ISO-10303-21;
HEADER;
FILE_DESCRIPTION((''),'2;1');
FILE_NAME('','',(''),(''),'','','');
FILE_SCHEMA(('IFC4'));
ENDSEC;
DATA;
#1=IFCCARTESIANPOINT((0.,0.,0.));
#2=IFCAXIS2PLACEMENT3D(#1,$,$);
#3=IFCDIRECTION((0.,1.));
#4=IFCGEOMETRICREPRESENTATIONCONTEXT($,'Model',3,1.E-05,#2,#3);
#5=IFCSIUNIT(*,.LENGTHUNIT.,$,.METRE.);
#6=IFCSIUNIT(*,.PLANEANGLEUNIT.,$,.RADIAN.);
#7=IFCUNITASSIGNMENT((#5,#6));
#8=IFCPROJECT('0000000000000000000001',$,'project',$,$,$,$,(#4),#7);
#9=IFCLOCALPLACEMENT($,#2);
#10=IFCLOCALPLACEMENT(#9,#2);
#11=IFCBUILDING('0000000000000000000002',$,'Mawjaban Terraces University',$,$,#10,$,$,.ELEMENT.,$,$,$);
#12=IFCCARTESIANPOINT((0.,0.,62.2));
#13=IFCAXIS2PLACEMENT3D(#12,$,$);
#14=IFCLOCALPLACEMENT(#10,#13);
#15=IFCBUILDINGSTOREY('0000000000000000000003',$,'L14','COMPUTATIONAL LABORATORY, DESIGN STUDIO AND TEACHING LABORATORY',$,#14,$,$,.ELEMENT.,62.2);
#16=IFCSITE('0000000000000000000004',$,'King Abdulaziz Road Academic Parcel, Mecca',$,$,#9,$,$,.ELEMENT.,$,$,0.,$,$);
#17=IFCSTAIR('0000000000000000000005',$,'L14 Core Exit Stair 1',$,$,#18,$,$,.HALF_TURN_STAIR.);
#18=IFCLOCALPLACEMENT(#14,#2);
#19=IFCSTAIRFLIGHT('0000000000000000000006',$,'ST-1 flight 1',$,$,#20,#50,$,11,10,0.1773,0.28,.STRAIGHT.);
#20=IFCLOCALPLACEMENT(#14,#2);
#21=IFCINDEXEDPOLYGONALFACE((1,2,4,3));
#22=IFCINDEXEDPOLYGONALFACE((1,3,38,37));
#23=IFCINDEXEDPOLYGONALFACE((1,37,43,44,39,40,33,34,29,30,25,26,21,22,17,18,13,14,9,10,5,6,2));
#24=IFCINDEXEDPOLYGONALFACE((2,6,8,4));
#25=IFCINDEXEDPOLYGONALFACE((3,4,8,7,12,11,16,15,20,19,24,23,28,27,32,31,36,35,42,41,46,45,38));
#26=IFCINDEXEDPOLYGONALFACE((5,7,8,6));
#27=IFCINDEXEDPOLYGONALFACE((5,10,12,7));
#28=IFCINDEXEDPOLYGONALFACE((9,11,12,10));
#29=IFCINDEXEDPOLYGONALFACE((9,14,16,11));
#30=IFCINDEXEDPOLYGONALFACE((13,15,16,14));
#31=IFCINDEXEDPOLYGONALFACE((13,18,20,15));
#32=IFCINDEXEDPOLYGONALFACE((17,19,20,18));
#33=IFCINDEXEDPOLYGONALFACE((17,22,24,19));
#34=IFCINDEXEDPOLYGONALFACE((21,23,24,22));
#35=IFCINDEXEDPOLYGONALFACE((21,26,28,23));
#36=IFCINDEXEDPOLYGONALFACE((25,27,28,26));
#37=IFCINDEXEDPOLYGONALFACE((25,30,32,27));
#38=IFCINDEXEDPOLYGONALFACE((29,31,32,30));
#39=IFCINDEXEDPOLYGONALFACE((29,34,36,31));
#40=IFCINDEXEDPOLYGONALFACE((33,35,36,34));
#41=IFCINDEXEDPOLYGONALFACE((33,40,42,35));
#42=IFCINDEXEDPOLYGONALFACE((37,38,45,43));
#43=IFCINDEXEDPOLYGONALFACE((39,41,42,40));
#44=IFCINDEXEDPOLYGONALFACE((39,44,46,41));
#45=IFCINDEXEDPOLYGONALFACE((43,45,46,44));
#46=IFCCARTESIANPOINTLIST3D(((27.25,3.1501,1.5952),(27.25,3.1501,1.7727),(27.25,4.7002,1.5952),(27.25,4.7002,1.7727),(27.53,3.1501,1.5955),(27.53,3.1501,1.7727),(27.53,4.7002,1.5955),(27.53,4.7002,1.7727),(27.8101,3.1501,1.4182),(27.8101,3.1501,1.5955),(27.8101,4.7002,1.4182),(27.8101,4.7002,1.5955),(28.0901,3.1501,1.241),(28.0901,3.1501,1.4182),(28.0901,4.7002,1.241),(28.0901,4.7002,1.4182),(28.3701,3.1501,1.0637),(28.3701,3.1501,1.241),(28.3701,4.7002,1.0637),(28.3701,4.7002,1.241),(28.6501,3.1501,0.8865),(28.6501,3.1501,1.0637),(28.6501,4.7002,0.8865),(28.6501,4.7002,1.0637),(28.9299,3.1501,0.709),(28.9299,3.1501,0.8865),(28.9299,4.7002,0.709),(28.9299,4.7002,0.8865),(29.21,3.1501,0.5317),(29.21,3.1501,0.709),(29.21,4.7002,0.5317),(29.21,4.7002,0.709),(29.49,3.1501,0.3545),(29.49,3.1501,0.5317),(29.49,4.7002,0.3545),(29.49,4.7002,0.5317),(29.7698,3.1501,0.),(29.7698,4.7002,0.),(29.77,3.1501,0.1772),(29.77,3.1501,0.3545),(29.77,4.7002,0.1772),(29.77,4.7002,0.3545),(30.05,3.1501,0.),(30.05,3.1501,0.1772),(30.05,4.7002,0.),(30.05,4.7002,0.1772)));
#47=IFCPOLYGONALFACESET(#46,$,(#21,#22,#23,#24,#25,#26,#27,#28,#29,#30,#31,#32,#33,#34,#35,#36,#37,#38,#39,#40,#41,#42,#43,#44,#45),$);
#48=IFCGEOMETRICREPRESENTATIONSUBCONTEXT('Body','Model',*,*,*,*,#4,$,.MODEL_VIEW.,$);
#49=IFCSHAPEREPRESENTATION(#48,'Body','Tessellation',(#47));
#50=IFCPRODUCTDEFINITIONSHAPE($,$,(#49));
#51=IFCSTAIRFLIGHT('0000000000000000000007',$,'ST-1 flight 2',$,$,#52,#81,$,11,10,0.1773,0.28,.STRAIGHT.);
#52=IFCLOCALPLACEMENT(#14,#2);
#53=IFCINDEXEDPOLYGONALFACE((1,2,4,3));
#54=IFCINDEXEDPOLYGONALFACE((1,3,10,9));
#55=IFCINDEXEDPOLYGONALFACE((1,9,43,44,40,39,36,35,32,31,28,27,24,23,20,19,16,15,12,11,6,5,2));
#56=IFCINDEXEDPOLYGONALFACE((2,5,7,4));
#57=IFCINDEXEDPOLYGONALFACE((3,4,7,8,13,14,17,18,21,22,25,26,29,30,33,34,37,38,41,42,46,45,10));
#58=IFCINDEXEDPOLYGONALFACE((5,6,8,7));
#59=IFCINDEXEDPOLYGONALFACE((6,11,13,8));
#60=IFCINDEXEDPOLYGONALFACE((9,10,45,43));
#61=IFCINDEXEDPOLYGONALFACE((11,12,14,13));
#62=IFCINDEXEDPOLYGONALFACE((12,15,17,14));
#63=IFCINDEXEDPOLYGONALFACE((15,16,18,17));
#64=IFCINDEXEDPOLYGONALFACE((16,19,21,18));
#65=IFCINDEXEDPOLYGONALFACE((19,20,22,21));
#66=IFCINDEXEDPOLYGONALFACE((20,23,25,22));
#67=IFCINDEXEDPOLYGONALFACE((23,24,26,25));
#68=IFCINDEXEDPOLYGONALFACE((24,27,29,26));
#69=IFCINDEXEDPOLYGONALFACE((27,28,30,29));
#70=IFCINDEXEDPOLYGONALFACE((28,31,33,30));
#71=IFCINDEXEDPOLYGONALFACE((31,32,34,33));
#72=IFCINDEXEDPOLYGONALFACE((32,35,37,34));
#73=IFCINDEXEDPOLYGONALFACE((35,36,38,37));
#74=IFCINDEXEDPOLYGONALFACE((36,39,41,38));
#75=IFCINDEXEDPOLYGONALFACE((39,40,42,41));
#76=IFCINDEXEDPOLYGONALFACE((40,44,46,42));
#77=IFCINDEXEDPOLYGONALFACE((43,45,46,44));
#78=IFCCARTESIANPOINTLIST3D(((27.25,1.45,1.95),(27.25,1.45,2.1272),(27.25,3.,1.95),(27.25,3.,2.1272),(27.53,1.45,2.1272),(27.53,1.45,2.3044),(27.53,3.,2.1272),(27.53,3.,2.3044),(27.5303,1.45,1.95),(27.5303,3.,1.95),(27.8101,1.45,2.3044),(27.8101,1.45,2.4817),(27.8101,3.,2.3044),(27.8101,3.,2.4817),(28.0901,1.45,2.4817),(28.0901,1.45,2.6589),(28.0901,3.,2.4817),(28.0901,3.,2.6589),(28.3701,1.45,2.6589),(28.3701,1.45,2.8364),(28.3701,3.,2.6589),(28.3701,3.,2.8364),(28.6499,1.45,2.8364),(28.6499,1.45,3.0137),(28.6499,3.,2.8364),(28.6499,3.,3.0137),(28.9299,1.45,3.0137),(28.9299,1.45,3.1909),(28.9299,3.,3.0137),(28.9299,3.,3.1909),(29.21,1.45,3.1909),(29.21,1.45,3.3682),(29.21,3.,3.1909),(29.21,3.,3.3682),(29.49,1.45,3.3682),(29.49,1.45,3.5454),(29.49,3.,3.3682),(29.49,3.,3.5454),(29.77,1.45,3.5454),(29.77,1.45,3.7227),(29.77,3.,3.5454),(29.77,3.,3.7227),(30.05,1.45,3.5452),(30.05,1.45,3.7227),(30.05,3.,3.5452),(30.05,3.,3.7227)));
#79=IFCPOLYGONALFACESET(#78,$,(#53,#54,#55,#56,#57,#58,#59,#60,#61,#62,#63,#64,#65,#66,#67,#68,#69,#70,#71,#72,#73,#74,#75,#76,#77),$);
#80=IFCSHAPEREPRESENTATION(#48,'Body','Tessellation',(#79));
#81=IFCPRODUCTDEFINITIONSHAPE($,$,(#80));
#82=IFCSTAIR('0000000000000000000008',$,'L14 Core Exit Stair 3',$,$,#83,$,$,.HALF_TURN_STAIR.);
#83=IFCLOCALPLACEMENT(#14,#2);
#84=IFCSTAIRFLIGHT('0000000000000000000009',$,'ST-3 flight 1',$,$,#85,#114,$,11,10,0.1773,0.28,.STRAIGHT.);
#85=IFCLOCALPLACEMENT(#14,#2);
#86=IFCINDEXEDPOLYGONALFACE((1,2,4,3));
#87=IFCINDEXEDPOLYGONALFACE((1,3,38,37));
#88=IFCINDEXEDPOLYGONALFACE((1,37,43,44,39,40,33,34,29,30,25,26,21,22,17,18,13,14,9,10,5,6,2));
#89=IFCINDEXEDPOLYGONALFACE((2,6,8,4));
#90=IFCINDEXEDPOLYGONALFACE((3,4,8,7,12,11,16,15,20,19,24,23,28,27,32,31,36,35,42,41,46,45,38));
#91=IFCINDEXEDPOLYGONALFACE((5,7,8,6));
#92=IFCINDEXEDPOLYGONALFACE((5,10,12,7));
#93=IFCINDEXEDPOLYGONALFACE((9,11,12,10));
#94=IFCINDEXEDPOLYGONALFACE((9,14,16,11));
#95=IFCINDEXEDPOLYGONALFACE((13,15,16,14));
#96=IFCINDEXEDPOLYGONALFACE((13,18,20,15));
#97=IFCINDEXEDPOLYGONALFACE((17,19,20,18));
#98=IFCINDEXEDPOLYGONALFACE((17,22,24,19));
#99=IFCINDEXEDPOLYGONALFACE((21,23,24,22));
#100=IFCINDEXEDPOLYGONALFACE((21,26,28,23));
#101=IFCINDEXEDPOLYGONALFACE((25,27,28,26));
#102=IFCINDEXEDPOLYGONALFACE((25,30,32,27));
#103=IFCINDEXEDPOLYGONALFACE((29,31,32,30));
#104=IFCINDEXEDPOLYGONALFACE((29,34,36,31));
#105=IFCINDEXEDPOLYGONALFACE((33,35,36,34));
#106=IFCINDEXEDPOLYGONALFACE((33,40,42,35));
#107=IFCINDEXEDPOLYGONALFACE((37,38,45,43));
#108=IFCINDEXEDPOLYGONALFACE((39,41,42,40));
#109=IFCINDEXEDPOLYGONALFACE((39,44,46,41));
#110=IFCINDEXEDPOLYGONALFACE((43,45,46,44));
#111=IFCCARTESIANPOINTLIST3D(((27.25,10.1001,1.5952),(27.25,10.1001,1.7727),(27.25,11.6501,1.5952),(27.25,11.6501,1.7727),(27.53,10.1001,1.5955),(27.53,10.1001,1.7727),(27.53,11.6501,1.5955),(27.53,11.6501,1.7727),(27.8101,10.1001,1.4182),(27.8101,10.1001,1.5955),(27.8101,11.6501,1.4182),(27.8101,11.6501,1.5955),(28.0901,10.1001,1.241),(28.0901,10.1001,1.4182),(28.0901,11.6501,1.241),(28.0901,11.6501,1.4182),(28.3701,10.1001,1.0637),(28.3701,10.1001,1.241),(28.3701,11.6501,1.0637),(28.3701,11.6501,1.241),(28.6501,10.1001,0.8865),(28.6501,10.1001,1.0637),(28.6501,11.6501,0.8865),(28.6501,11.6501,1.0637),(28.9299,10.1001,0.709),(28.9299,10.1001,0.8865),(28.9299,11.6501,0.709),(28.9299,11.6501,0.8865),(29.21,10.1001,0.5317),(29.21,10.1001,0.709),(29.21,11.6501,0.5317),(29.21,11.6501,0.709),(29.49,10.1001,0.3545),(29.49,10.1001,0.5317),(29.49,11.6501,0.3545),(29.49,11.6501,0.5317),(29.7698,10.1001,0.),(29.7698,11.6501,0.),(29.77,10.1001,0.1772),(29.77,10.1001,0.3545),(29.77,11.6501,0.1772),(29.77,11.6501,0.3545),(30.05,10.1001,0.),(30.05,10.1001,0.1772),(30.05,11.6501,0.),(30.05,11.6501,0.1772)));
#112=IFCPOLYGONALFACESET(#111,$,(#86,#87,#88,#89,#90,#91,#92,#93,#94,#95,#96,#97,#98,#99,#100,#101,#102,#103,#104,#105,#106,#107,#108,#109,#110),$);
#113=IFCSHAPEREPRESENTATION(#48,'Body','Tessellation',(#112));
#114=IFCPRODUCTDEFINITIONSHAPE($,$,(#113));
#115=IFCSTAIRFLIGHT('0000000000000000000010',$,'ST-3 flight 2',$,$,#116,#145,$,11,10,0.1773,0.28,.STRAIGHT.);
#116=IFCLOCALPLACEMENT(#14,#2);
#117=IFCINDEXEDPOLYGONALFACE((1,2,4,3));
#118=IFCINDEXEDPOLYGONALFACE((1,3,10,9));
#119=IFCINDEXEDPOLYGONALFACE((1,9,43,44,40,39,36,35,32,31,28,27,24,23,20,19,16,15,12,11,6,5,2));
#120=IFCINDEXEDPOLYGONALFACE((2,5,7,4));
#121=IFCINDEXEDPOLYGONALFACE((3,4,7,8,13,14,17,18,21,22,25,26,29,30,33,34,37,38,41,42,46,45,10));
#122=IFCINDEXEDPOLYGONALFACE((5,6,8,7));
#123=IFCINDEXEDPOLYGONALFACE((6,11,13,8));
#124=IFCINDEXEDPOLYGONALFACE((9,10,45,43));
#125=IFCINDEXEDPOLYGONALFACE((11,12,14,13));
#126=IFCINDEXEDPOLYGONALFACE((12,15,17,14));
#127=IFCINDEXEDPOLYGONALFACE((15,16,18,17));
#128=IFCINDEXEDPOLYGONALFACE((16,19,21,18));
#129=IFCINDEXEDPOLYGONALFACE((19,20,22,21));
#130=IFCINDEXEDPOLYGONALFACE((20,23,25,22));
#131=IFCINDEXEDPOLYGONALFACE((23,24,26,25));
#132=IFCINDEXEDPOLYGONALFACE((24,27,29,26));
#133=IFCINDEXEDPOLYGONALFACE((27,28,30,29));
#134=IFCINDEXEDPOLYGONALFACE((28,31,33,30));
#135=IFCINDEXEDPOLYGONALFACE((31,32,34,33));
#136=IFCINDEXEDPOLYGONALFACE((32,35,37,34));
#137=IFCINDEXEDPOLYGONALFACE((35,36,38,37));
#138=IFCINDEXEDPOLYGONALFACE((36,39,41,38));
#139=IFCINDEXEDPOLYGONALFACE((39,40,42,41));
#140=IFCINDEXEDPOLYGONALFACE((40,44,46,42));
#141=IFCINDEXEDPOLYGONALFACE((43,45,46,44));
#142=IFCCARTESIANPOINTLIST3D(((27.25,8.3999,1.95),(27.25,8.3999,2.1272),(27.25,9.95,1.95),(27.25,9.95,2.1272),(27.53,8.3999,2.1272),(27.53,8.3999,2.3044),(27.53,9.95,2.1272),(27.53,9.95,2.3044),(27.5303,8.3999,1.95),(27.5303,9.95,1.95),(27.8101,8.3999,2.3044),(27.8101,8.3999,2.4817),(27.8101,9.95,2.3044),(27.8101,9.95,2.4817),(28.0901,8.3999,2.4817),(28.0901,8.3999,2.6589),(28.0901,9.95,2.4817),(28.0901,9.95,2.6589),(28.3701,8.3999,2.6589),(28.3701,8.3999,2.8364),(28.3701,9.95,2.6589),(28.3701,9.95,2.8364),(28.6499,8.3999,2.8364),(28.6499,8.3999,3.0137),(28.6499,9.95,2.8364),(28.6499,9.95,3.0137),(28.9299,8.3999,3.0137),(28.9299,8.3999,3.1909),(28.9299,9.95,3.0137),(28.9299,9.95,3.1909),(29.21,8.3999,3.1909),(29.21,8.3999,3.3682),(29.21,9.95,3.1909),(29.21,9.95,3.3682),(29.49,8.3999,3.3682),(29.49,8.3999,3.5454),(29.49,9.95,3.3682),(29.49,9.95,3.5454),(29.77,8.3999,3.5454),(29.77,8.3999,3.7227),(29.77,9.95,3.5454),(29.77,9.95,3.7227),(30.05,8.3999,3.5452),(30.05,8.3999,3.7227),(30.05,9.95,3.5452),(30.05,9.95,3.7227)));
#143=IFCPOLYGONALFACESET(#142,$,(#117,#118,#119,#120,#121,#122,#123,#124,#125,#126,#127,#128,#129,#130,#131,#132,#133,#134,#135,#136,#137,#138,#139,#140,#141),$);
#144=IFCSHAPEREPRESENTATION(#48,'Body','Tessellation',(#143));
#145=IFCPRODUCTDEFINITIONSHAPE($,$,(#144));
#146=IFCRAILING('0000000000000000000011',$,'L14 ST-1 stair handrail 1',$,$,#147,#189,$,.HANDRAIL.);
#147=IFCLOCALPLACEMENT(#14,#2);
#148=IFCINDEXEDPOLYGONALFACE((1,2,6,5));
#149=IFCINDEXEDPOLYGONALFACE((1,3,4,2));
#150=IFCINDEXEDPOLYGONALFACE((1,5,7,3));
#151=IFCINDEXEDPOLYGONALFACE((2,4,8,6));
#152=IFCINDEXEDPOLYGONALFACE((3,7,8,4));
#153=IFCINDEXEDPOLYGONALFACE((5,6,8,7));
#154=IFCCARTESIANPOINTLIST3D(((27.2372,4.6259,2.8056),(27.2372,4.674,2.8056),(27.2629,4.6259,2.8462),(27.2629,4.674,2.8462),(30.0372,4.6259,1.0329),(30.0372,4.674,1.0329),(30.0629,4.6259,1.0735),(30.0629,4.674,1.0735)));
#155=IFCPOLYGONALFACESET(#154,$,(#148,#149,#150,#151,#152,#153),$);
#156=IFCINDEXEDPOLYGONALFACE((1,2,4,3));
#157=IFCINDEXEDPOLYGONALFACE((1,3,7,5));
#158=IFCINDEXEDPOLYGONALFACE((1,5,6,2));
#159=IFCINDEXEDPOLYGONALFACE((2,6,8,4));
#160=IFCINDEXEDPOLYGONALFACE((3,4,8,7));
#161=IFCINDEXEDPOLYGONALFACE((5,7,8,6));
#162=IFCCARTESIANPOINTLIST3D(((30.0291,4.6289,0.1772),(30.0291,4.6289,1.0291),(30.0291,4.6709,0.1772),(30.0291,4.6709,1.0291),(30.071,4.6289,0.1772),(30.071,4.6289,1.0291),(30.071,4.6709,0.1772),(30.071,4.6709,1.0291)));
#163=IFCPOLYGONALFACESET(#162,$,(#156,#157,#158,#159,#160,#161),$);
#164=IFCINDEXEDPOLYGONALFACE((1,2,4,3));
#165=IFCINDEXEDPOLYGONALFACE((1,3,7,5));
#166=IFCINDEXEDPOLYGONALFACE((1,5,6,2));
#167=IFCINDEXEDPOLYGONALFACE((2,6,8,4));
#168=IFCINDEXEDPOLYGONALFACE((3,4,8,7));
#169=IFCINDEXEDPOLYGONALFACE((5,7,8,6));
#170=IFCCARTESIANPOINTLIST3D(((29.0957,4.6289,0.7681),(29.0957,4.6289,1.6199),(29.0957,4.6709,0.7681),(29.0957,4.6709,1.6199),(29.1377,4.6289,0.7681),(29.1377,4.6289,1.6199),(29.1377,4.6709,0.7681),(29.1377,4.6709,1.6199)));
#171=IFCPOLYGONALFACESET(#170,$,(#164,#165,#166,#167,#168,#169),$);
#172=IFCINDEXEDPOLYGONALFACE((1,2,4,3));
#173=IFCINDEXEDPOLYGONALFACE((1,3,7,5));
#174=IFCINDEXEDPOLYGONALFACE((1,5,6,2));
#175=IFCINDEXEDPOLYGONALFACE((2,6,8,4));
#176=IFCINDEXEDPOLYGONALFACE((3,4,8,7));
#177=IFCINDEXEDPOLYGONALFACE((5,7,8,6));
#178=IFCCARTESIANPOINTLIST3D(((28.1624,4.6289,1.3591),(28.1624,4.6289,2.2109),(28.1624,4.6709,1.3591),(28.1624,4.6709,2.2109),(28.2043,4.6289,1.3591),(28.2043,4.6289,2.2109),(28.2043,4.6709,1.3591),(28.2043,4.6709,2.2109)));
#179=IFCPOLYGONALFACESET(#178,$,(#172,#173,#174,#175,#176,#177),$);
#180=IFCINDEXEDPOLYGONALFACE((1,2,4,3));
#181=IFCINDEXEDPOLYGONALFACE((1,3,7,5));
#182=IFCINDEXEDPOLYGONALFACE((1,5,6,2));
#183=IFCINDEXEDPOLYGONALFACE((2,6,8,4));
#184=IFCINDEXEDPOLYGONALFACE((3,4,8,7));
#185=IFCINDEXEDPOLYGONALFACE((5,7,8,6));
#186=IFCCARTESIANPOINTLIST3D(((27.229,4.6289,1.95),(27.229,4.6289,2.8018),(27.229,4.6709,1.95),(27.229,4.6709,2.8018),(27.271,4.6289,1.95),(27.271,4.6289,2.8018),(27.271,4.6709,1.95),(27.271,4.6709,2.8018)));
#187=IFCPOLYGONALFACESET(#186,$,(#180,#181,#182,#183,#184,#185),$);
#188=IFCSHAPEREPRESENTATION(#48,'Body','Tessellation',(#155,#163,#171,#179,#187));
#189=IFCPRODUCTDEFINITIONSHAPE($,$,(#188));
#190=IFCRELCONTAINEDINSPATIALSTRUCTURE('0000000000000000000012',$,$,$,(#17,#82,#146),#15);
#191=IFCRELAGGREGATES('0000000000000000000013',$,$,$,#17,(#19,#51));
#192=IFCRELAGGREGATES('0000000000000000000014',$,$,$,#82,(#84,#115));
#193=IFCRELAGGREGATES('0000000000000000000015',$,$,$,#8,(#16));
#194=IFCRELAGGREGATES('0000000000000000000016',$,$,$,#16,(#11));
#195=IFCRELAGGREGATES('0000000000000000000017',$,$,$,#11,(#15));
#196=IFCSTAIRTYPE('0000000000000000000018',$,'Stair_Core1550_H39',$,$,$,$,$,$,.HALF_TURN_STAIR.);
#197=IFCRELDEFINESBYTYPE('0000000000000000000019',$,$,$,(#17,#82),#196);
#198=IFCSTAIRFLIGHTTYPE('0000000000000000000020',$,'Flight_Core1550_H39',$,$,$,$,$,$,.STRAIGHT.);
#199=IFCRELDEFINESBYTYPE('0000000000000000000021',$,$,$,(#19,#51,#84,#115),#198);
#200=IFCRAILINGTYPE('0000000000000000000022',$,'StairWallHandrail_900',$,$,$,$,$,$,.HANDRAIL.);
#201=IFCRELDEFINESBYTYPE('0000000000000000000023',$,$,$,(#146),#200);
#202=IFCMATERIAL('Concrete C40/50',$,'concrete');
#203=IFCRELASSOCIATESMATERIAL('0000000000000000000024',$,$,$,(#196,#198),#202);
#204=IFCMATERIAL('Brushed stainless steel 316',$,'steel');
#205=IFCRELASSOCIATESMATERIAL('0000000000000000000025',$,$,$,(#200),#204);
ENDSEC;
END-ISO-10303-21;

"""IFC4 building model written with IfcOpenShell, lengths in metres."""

from ifc_helpers import new_model, si_unit, direction, frame, origin, origin_2d, place, context, subcontext, project, spatial, polyline, rectangle, outline, extrude, material, type_object, element, aggregate, save


model = new_model("IFC4")

# Units and contexts
model_context = context("Model", 3, precision=1e-05, world=origin(), true_north=direction((0.0, 1.0)))
body_context = subcontext(model_context, "Body", "Model", "MODEL_VIEW")
ifc_project = project(units=[si_unit("LENGTHUNIT", "METRE"), si_unit("PLANEANGLEUNIT", "RADIAN")], contexts=[model_context])

# Site, building, storey
site_placement = place(None, origin())
site = spatial("IfcSite", under=ifc_project, at=site_placement, Name="King Abdulaziz Road Academic Parcel, Mecca", CompositionType="ELEMENT", RefElevation=0.0)
building_placement = place(site_placement, origin())
building = spatial("IfcBuilding", under=site, at=building_placement, Name="Mawjaban Terraces University", CompositionType="ELEMENT")
storey_placement = place(building_placement, frame((0.0, 0.0, 62.2)))
storey = spatial("IfcBuildingStorey", under=building, at=storey_placement, Name="L14", Description="COMPUTATIONAL LABORATORY, DESIGN STUDIO AND TEACHING LABORATORY", CompositionType="ELEMENT", Elevation=62.2)

# Stairs, stair flights
ifc_material_1 = material(Name="Concrete C40/50", Category="concrete")
stair_type = type_object("IfcStairType", Name="Stair_Core1550_H39", PredefinedType="HALF_TURN_STAIR", material=ifc_material_1)
stair_1_placement = place(storey_placement, origin())
stair_1 = element("IfcStair", 1, at=stair_1_placement, inside=storey, type_object=stair_type, Name="L14 Core Exit Stair 1", PredefinedType="HALF_TURN_STAIR")
stair_flight_type = type_object("IfcStairFlightType", Name="Flight_Core1550_H39", PredefinedType="STRAIGHT", material=ifc_material_1)
stair_flight_1_placement = place(storey_placement, frame((30.05, 3.925, 0.0), z_axis=(0.0, 0.0, 1.0), x_axis=(-1.0, 0.0, 0.0)))
stair_flight_1 = element("IfcStairFlight", 2, at=stair_flight_1_placement, type_object=stair_flight_type, Name="ST-1 flight 1", NumberOfRisers=11, NumberOfTreads=10, PredefinedType="STRAIGHT", RiserHeight=0.1773, TreadLength=0.28, context=body_context, shape_type="SweptSolid", body=[
    extrude(outline(polyline([(0.0, 0.0), (0.0, 0.1772), (0.28, 0.1772), (0.28, 0.3545), (0.5601, 0.3545), (0.5601, 0.5317), (0.8401, 0.5317), (0.8401, 0.709), (1.1201, 0.709), (1.1201, 0.8865), (1.3999, 0.8865), (1.3999, 1.0637), (1.6799, 1.0637), (1.6799, 1.241), (1.96, 1.241), (1.96, 1.4182), (2.24, 1.4182), (2.24, 1.5955), (2.52, 1.5955), (2.52, 1.7727), (2.8, 1.7727), (2.8, 1.95), (2.8, 1.5952), (0.2803, 0.0), (0.0, 0.0)])), frame((0.0, 0.7749, 0.0), z_axis=(0.0, -1.0, 0.0), x_axis=(1.0, 0.0, 0.0)), (0.0, 0.0, 1.0), 1.55),
])
stair_flight_2_placement = place(storey_placement, frame((27.25, 2.2251, 1.95), z_axis=(0.0, 0.0, 1.0), x_axis=(1.0, 0.0, 0.0)))
stair_flight_2 = element("IfcStairFlight", 3, at=stair_flight_2_placement, type_object=stair_flight_type, Name="ST-1 flight 2", NumberOfRisers=11, NumberOfTreads=10, PredefinedType="STRAIGHT", RiserHeight=0.1773, TreadLength=0.28, context=body_context, shape_type="SweptSolid", body=[
    extrude(outline(polyline([(0.0, 0.0), (0.0, 0.1772), (0.28, 0.1772), (0.28, 0.3545), (0.5601, 0.3545), (0.5601, 0.5317), (0.8401, 0.5317), (0.8401, 0.709), (1.1201, 0.709), (1.1201, 0.8865), (1.3999, 0.8865), (1.3999, 1.0637), (1.6799, 1.0637), (1.6799, 1.241), (1.96, 1.241), (1.96, 1.4182), (2.24, 1.4182), (2.24, 1.5955), (2.52, 1.5955), (2.52, 1.7727), (2.8, 1.7727), (2.8, 1.95), (2.8, 1.5952), (0.2803, 0.0), (0.0, 0.0)])), frame((0.0, 0.7749, 0.0), z_axis=(0.0, -1.0, 0.0), x_axis=(1.0, 0.0, 0.0)), (0.0, 0.0, 1.0), 1.55),
])
aggregate(stair_1, [stair_flight_1, stair_flight_2])
stair_2_placement = place(storey_placement, origin())
stair_2 = element("IfcStair", 4, at=stair_2_placement, inside=storey, type_object=stair_type, Name="L14 Core Exit Stair 3", PredefinedType="HALF_TURN_STAIR")
stair_flight_3_placement = place(storey_placement, frame((30.05, 10.875, 0.0), z_axis=(0.0, 0.0, 1.0), x_axis=(-1.0, 0.0, 0.0)))
stair_flight_3 = element("IfcStairFlight", 5, at=stair_flight_3_placement, type_object=stair_flight_type, Name="ST-3 flight 1", NumberOfRisers=11, NumberOfTreads=10, PredefinedType="STRAIGHT", RiserHeight=0.1773, TreadLength=0.28, context=body_context, shape_type="SweptSolid", body=[
    extrude(outline(polyline([(0.0, 0.0), (0.0, 0.1772), (0.28, 0.1772), (0.28, 0.3545), (0.5601, 0.3545), (0.5601, 0.5317), (0.8401, 0.5317), (0.8401, 0.709), (1.1201, 0.709), (1.1201, 0.8865), (1.3999, 0.8865), (1.3999, 1.0637), (1.6799, 1.0637), (1.6799, 1.241), (1.96, 1.241), (1.96, 1.4182), (2.24, 1.4182), (2.24, 1.5955), (2.52, 1.5955), (2.52, 1.7727), (2.8, 1.7727), (2.8, 1.95), (2.8, 1.5952), (0.2803, 0.0), (0.0, 0.0)])), frame((0.0, 0.7749, 0.0), z_axis=(0.0, -1.0, 0.0), x_axis=(1.0, 0.0, 0.0)), (0.0, 0.0, 1.0), 1.55),
])
stair_flight_4_placement = place(storey_placement, frame((27.25, 9.175, 1.95), z_axis=(0.0, 0.0, 1.0), x_axis=(1.0, 0.0, 0.0)))
stair_flight_4 = element("IfcStairFlight", 6, at=stair_flight_4_placement, type_object=stair_flight_type, Name="ST-3 flight 2", NumberOfRisers=11, NumberOfTreads=10, PredefinedType="STRAIGHT", RiserHeight=0.1773, TreadLength=0.28, context=body_context, shape_type="SweptSolid", body=[
    extrude(outline(polyline([(0.0, 0.0), (0.0, 0.1772), (0.28, 0.1772), (0.28, 0.3545), (0.5601, 0.3545), (0.5601, 0.5317), (0.8401, 0.5317), (0.8401, 0.709), (1.1201, 0.709), (1.1201, 0.8865), (1.3999, 0.8865), (1.3999, 1.0637), (1.6799, 1.0637), (1.6799, 1.241), (1.96, 1.241), (1.96, 1.4182), (2.24, 1.4182), (2.24, 1.5955), (2.52, 1.5955), (2.52, 1.7727), (2.8, 1.7727), (2.8, 1.95), (2.8, 1.5952), (0.2803, 0.0), (0.0, 0.0)])), frame((0.0, 0.7749, 0.0), z_axis=(0.0, -1.0, 0.0), x_axis=(1.0, 0.0, 0.0)), (0.0, 0.0, 1.0), 1.55),
])
aggregate(stair_2, [stair_flight_3, stair_flight_4])

# Railing
ifc_material_2 = material(Name="Brushed stainless steel 316", Category="steel")
railing_type_1 = type_object("IfcRailingType", Name="StairWallHandrail_900", PredefinedType="HANDRAIL", material=ifc_material_2)
railing_1_placement = place(storey_placement, frame((30.05, 4.6499, 0.1772)))
element("IfcRailing", 7, at=railing_1_placement, inside=storey, type_object=railing_type_1, Name="L14 ST-1 stair handrail 1", PredefinedType="HANDRAIL", context=body_context, shape_type="SweptSolid", body=[
    extrude(rectangle(XDim=0.0481, YDim=0.0481, at=origin_2d()), frame((0.0, 0.0, 0.876), z_axis=(-0.844909, 0.0, 0.53491), x_axis=(0.0, -1.0, 0.0)), (0.0, 0.0, 1.0), 3.314),
    extrude(rectangle(XDim=0.042, YDim=0.042, at=origin_2d()), origin(), (0.0, 0.0, 1.0), 0.8518),
    extrude(rectangle(XDim=0.042, YDim=0.042, at=origin_2d()), frame((-0.9333, 0.0, 0.5908)), (0.0, 0.0, 1.0), 0.8518),
    extrude(rectangle(XDim=0.042, YDim=0.042, at=origin_2d()), frame((-1.8667, 0.0, 1.1819)), (0.0, 0.0, 1.0), 0.8518),
    extrude(rectangle(XDim=0.042, YDim=0.042, at=origin_2d()), frame((-2.8, 0.0, 1.7727)), (0.0, 0.0, 1.0), 0.8518),
])

save(model, "model.ifc")
